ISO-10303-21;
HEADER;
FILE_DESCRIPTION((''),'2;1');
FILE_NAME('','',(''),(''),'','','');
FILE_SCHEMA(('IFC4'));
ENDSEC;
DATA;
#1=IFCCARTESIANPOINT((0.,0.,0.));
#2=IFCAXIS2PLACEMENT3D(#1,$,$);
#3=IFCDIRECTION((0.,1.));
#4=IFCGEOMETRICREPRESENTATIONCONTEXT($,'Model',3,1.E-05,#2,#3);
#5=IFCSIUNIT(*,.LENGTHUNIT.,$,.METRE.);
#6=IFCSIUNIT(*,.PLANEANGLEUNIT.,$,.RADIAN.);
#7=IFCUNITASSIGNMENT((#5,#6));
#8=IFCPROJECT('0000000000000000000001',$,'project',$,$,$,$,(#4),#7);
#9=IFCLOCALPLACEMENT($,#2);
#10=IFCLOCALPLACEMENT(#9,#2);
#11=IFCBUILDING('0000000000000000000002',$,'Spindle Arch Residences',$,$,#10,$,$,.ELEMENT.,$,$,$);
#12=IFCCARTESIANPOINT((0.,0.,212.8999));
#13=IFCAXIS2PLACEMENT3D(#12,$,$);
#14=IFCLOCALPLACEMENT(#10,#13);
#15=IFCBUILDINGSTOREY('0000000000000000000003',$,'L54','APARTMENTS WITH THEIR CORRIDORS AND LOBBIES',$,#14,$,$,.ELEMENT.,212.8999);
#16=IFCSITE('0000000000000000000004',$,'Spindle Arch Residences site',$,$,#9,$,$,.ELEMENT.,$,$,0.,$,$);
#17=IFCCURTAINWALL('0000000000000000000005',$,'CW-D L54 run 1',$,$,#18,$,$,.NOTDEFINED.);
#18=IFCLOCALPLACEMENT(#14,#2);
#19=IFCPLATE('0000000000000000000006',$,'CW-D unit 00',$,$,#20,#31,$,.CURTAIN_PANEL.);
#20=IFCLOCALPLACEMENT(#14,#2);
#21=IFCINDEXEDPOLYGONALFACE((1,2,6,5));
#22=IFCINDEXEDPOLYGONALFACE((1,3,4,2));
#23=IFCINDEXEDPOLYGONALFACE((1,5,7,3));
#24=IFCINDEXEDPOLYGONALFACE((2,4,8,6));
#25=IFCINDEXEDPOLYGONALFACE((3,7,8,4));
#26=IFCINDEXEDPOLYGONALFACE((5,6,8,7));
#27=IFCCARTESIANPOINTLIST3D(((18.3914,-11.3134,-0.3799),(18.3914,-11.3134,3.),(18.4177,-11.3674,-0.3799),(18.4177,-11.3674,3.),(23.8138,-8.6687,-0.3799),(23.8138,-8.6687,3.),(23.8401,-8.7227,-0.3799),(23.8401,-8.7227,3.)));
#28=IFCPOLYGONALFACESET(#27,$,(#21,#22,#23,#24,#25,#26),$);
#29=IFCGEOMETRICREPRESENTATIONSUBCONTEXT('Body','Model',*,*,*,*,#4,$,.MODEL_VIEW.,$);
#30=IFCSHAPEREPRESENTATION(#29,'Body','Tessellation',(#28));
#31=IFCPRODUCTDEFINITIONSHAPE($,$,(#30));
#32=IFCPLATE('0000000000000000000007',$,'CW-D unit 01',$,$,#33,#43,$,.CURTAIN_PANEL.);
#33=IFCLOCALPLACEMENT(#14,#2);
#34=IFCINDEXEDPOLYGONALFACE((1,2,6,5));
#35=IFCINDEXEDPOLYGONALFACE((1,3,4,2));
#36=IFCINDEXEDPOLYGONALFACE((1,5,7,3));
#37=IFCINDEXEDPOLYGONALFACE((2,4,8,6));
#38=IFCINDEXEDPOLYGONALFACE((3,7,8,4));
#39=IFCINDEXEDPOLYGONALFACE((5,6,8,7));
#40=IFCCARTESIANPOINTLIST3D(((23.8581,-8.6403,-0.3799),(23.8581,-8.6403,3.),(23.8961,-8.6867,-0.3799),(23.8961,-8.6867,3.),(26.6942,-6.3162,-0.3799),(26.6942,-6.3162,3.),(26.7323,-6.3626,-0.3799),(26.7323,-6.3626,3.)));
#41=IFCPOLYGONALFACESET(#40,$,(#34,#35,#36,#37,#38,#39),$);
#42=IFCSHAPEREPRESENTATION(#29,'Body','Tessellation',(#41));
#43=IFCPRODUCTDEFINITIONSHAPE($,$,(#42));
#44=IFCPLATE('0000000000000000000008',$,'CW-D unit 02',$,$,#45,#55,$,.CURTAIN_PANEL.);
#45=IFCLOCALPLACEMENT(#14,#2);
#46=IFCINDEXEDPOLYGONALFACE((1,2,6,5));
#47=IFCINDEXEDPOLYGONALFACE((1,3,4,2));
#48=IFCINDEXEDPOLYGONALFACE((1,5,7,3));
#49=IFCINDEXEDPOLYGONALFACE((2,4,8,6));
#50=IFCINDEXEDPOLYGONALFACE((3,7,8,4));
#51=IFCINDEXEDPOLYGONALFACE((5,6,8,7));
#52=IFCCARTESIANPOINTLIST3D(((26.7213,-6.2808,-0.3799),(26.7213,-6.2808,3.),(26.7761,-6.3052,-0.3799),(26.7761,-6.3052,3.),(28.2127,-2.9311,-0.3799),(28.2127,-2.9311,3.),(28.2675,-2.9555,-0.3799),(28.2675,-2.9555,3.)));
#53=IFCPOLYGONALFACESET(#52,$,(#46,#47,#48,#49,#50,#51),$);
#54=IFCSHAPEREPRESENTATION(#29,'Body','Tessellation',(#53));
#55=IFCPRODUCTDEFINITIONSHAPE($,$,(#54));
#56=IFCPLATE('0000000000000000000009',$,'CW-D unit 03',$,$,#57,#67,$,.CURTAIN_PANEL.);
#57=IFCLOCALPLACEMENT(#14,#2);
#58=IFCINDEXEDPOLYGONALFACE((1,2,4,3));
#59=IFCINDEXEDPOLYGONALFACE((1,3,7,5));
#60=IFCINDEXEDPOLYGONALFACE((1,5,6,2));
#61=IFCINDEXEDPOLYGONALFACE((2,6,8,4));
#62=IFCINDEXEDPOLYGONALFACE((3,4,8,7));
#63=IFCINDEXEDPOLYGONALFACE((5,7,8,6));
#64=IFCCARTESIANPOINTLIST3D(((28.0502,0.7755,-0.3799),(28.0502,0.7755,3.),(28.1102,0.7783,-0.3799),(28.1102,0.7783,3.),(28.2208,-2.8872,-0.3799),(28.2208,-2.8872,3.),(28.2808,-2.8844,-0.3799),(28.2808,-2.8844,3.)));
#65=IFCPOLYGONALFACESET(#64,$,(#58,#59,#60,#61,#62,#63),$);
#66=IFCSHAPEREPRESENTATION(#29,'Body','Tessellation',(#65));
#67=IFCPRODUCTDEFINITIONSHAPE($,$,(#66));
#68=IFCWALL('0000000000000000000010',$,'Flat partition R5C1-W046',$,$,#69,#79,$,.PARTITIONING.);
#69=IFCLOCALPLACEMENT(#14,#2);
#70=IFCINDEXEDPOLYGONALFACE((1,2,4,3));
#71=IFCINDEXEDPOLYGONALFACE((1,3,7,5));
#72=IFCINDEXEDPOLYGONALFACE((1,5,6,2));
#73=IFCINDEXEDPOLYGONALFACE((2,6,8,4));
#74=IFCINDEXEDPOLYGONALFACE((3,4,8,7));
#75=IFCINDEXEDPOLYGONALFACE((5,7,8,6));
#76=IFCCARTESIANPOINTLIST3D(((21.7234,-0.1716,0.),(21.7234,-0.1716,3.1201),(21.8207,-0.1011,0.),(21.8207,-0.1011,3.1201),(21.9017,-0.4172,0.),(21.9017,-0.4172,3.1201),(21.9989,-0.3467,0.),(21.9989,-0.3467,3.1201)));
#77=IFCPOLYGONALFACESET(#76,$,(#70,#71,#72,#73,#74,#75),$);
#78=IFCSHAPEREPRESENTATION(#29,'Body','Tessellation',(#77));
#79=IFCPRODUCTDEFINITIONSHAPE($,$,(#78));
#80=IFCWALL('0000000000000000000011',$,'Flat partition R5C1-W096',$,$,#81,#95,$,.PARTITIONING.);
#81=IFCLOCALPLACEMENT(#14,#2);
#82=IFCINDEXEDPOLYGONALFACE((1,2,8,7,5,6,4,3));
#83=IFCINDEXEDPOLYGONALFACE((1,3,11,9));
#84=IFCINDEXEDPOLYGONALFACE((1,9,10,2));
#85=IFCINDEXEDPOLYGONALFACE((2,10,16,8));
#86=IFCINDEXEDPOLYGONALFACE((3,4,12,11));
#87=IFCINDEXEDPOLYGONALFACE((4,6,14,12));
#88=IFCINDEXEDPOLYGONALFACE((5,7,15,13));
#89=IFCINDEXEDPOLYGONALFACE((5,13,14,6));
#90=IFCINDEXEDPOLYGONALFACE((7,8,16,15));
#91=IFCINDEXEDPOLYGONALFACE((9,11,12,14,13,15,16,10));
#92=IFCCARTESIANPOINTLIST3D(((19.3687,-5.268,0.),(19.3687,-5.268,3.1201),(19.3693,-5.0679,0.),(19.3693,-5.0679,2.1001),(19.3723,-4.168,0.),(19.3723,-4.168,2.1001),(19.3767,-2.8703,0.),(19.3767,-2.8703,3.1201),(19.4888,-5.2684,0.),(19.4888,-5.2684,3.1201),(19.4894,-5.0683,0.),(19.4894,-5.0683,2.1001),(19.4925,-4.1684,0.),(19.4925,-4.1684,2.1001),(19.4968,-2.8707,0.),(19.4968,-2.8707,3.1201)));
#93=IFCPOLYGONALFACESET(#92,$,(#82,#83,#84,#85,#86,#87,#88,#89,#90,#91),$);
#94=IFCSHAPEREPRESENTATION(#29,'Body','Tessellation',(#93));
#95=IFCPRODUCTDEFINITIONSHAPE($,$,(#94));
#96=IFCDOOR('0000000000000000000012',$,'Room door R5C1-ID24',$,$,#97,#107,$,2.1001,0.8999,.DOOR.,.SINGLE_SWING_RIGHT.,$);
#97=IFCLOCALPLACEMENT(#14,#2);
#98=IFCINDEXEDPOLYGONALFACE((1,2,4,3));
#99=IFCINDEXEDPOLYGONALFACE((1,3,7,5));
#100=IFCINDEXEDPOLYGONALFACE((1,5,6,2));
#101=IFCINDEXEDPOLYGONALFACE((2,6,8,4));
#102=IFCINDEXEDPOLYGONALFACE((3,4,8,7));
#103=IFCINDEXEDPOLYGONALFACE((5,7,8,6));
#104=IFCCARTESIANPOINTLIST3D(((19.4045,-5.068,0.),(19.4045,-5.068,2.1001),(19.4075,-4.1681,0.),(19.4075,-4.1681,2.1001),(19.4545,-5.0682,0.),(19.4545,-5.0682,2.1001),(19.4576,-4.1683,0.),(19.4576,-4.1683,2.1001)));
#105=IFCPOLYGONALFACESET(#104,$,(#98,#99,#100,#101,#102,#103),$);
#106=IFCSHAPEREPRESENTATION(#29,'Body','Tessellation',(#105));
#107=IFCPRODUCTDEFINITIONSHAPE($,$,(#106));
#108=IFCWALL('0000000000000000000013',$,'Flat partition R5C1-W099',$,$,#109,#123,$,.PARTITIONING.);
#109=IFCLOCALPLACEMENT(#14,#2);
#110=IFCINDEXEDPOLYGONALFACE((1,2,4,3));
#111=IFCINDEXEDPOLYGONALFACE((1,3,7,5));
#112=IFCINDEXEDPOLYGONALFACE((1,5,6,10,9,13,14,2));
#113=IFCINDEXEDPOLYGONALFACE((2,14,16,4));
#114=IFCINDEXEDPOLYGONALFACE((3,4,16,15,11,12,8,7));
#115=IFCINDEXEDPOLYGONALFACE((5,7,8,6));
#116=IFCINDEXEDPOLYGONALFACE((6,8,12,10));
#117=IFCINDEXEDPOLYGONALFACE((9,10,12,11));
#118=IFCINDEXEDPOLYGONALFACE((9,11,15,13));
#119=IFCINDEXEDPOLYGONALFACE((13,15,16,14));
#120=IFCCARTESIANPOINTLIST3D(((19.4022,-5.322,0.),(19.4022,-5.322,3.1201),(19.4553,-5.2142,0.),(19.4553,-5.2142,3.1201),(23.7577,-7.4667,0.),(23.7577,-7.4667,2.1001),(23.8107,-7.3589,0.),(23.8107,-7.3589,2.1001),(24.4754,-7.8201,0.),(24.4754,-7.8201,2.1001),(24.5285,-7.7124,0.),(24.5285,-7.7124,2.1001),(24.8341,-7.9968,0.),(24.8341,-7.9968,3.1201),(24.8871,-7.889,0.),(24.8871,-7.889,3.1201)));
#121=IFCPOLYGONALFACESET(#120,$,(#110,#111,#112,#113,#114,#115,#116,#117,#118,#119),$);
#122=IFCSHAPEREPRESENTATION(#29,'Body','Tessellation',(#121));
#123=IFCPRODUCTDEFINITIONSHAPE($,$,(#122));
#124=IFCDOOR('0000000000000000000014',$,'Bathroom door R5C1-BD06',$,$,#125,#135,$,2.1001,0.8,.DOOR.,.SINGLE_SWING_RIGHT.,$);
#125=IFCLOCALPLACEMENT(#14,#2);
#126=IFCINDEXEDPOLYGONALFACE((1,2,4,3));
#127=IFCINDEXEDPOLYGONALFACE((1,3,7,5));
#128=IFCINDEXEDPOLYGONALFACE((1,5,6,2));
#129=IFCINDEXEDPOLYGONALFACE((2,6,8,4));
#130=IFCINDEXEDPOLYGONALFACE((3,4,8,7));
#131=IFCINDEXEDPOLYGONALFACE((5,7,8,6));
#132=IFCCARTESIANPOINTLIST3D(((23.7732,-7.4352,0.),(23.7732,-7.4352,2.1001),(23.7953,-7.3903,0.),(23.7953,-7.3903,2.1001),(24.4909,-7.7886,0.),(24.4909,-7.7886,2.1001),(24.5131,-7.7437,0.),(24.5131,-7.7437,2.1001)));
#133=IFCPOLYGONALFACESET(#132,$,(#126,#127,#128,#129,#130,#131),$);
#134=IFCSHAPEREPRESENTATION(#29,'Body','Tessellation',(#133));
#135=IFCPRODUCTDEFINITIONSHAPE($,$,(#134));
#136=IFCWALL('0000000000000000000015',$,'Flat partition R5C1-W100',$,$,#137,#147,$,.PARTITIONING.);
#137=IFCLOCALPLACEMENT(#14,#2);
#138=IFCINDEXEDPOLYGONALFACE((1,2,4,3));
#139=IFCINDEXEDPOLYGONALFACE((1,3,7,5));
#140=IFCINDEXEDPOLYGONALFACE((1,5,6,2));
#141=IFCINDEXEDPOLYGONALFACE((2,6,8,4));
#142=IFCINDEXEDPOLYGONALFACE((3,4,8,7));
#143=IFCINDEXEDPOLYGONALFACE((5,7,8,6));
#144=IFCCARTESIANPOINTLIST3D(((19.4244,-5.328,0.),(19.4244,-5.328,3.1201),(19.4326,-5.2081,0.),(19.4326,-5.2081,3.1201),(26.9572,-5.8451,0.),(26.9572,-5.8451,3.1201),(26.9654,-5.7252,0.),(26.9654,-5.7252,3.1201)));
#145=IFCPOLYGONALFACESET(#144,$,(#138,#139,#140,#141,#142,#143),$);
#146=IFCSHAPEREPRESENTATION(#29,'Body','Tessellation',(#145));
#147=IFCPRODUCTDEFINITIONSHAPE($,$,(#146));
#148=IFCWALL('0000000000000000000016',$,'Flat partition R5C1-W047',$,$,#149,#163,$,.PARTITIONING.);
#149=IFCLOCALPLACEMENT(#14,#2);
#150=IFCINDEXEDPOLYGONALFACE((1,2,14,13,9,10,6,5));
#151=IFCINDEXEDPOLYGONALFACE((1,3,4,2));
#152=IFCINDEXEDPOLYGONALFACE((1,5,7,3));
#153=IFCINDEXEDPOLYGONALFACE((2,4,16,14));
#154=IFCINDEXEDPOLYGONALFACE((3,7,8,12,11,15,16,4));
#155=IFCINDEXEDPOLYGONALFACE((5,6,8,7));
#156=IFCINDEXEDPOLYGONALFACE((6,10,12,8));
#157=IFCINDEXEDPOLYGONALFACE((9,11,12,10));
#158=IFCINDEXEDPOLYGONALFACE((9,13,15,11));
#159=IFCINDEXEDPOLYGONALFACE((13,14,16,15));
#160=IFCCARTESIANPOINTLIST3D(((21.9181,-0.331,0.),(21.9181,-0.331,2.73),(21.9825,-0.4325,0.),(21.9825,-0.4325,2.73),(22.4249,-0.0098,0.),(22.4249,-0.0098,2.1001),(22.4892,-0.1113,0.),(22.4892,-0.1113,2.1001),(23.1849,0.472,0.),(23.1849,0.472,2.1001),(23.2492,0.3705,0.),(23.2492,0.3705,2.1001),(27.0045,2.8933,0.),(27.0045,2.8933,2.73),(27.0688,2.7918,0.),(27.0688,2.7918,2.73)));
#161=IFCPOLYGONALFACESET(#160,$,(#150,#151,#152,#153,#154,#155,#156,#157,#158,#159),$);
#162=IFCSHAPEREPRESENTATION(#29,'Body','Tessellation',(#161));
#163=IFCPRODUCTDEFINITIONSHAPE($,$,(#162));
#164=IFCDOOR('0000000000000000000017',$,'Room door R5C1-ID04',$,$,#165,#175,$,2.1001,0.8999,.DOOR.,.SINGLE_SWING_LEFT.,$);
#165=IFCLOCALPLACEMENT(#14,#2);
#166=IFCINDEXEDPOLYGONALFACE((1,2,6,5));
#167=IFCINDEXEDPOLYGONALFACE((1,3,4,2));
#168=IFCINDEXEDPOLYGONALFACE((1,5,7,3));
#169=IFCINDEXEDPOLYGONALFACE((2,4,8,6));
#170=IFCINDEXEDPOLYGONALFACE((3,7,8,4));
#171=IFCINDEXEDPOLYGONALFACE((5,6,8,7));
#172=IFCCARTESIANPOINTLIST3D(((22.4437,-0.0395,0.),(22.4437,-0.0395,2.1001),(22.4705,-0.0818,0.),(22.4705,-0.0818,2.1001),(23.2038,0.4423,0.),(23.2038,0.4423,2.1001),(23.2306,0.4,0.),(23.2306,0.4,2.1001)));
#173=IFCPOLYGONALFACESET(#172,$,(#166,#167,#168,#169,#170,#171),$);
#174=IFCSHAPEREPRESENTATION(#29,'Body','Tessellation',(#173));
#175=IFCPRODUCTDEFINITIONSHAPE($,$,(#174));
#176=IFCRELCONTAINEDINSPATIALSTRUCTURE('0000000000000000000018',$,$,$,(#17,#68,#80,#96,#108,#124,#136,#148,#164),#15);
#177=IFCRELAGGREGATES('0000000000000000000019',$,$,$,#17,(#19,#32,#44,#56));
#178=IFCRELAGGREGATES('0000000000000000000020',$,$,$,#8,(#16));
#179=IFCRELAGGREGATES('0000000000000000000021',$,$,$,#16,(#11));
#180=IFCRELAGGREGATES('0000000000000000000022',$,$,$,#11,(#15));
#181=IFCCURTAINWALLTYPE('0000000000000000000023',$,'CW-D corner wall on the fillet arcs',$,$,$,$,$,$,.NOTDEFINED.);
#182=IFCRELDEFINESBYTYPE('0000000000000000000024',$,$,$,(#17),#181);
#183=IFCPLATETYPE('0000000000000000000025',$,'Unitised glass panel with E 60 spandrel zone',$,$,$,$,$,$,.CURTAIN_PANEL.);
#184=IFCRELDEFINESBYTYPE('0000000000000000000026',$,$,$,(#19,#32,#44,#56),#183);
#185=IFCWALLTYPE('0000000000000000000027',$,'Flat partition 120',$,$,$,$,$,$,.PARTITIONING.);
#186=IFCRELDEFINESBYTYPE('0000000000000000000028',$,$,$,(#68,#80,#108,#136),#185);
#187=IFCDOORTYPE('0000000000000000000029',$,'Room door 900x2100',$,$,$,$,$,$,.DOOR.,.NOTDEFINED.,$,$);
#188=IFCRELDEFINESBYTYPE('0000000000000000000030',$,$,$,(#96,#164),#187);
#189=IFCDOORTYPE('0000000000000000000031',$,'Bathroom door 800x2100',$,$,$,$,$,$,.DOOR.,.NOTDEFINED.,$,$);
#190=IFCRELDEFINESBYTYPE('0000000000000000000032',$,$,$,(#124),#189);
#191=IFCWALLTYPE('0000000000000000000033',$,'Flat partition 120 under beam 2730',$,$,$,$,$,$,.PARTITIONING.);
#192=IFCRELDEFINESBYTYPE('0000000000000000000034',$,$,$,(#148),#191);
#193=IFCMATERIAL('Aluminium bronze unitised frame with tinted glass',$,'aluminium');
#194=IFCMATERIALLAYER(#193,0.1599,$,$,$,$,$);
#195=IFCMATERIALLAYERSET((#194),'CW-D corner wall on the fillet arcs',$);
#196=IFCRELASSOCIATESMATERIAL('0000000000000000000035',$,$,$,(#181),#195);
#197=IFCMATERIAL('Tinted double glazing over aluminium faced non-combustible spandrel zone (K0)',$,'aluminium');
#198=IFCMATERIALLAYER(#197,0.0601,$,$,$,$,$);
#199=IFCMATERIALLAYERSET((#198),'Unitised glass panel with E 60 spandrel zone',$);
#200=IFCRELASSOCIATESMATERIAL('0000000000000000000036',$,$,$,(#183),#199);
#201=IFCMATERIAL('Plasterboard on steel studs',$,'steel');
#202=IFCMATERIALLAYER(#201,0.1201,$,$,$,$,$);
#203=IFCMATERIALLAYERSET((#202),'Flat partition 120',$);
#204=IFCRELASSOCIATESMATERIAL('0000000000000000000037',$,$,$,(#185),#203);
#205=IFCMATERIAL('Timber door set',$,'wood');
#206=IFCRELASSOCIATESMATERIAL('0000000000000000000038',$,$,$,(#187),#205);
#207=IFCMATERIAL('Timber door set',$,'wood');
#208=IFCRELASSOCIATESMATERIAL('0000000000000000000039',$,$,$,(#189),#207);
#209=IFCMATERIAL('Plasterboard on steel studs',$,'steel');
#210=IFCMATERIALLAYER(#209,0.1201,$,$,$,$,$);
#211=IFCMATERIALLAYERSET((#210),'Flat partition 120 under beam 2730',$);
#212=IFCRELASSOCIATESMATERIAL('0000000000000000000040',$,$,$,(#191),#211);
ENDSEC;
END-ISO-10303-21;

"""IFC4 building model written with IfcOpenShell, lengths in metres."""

from ifc_helpers import new_model, si_unit, direction, frame, frame_2d, origin, origin_2d, place, context, subcontext, project, spatial, rectangle, extrude, material, layer, layer_set, type_object, element, fill, aggregate, save


model = new_model("IFC4")

# Units and contexts
model_context = context("Model", 3, precision=1e-05, world=origin(), true_north=direction((0.0, 1.0)))
body_context = subcontext(model_context, "Body", "Model", "MODEL_VIEW")
ifc_project = project(units=[si_unit("LENGTHUNIT", "METRE"), si_unit("PLANEANGLEUNIT", "RADIAN")], contexts=[model_context])

# Site, building, storey
site_placement = place(None, origin())
site = spatial("IfcSite", under=ifc_project, at=site_placement, Name="Spindle Arch Residences site", CompositionType="ELEMENT", RefElevation=0.0)
building_placement = place(site_placement, origin())
building = spatial("IfcBuilding", under=site, at=building_placement, Name="Spindle Arch Residences", CompositionType="ELEMENT")
storey_placement = place(building_placement, frame((0.0, 0.0, 212.8999)))
storey = spatial("IfcBuildingStorey", under=building, at=storey_placement, Name="L54", Description="APARTMENTS WITH THEIR CORRIDORS AND LOBBIES", CompositionType="ELEMENT", Elevation=212.8999)

# Curtain wall
ifc_material_1 = material(Name="Aluminium bronze unitised frame with tinted glass", Category="aluminium")
ifc_layer_1 = layer(ifc_material_1, 0.1599)
ifc_layer_set_1 = layer_set([ifc_layer_1], Name="CW-D corner wall on the fillet arcs")
curtain_wall_type = type_object("IfcCurtainWallType", Name="CW-D corner wall on the fillet arcs", PredefinedType="NOTDEFINED", material=ifc_layer_set_1)
curtain_wall_placement = place(storey_placement, origin())
curtain_wall = element("IfcCurtainWall", 1, at=curtain_wall_placement, inside=storey, type_object=curtain_wall_type, Name="CW-D L54 run 1", PredefinedType="NOTDEFINED")

# Plates
ifc_material_2 = material(Name="Tinted double glazing over aluminium faced non-combustible spandrel zone (K0)", Category="aluminium")
ifc_layer_2 = layer(ifc_material_2, 0.0601)
ifc_layer_set_2 = layer_set([ifc_layer_2], Name="Unitised glass panel with E 60 spandrel zone")
plate_type = type_object("IfcPlateType", Name="Unitised glass panel with E 60 spandrel zone", PredefinedType="CURTAIN_PANEL", material=ifc_layer_set_2)
plate_1_placement = place(storey_placement, frame((21.1157, -10.0181, -0.3799), z_axis=(0.0, 0.0, 1.0), x_axis=(0.898794, 0.438371, 0.0)))
plate_1 = element("IfcPlate", 2, at=plate_1_placement, type_object=plate_type, Name="CW-D unit 00", PredefinedType="CURTAIN_PANEL", context=body_context, shape_type="SweptSolid", body=[
    extrude(rectangle(XDim=6.033, YDim=0.0601, at=origin_2d()), origin(), (0.0, 0.0, 1.0), 3.3799),
])
plate_2_placement = place(storey_placement, frame((25.2952, -7.5015, -0.3799), z_axis=(0.0, 0.0, 1.0), x_axis=(0.773472, 0.633831, 0.0)))
plate_2 = element("IfcPlate", 3, at=plate_2_placement, type_object=plate_type, Name="CW-D unit 01", PredefinedType="CURTAIN_PANEL", context=body_context, shape_type="SweptSolid", body=[
    extrude(rectangle(XDim=3.6667, YDim=0.0601, at=origin_2d()), origin(), (0.0, 0.0, 1.0), 3.3799),
])
plate_3_placement = place(storey_placement, frame((27.4944, -4.6182, -0.3799), z_axis=(0.0, 0.0, 1.0), x_axis=(0.406737, 0.913545, 0.0)))
plate_3 = element("IfcPlate", 4, at=plate_3_placement, type_object=plate_type, Name="CW-D unit 02", PredefinedType="CURTAIN_PANEL", context=body_context, shape_type="SweptSolid", body=[
    extrude(rectangle(XDim=3.6667, YDim=0.0601, at=origin_2d()), origin(), (0.0, 0.0, 1.0), 3.3799),
])
plate_4_placement = place(storey_placement, frame((28.1655, -1.0544, -0.3799), z_axis=(0.0, 0.0, 1.0), x_axis=(-0.046525, 0.998917, 0.0)))
plate_4 = element("IfcPlate", 5, at=plate_4_placement, type_object=plate_type, Name="CW-D unit 03", PredefinedType="CURTAIN_PANEL", context=body_context, shape_type="SweptSolid", body=[
    extrude(rectangle(XDim=3.6667, YDim=0.0601, at=origin_2d()), origin(), (0.0, 0.0, 1.0), 3.3799),
])
aggregate(curtain_wall, [plate_1, plate_2, plate_3, plate_4])

# Wall
ifc_material_3 = material(Name="Plasterboard on steel studs", Category="steel")
ifc_layer_3 = layer(ifc_material_3, 0.1201)
ifc_layer_set_3 = layer_set([ifc_layer_3], Name="Flat partition 120")
wall_type_1 = type_object("IfcWallType", Name="Flat partition 120", PredefinedType="PARTITIONING", material=ifc_layer_set_3)
wall_1_placement = place(storey_placement, frame((21.772, -0.1362, 0.0), z_axis=(0.0, 0.0, 1.0), x_axis=(0.58731, -0.809362, 0.0)))
element("IfcWall", 6, at=wall_1_placement, inside=storey, type_object=wall_type_1, Name="Flat partition R5C1-W046", PredefinedType="PARTITIONING", context=body_context, shape_type="SweptSolid", body=[
    extrude(rectangle(XDim=0.3035, YDim=0.1201, at=frame_2d((0.1519, 0.0))), origin(), (0.0, 0.0, 1.0), 3.1201),
])

# Walls, openings, doors
wall_2_placement = place(storey_placement, frame((19.4287, -5.2681, 0.0), z_axis=(0.0, 0.0, 1.0), x_axis=(0.00336, 0.999994, 0.0)))
wall_2 = element("IfcWall", 7, at=wall_2_placement, inside=storey, type_object=wall_type_1, Name="Flat partition R5C1-W096", PredefinedType="PARTITIONING", context=body_context, shape_type="SweptSolid", body=[
    extrude(rectangle(XDim=2.3977, YDim=0.1201, at=frame_2d((1.1987, 0.0))), origin(), (0.0, 0.0, 1.0), 3.1201),
])
opening_1_placement = place(wall_2_placement, frame((0.2, 0.0, 0.0)))
opening_1 = element("IfcOpeningElement", 8, at=opening_1_placement, cuts=wall_2, PredefinedType="OPENING", context=body_context, shape_type="SweptSolid", body=[
    extrude(rectangle(XDim=0.8999, YDim=2.1001, at=frame_2d((0.45, 1.05))), frame((0.0, 0.0701, 0.0), z_axis=(0.0, -1.0, 0.0), x_axis=(1.0, 0.0, 0.0)), (0.0, 0.0, 1.0), 0.1401),
])
ifc_material_4 = material(Name="Timber door set", Category="wood")
door_type_1 = type_object("IfcDoorType", Name="Room door 900x2100", OperationType="NOTDEFINED", PredefinedType="DOOR", material=ifc_material_4)
door_1_placement = place(opening_1_placement, origin())
door_1 = element("IfcDoor", 9, at=door_1_placement, inside=storey, type_object=door_type_1, Name="Room door R5C1-ID24", OperationType="SINGLE_SWING_RIGHT", OverallHeight=2.1001, OverallWidth=0.8999, PredefinedType="DOOR", context=body_context, shape_type="SweptSolid", body=[
    extrude(rectangle(XDim=0.8999, YDim=2.1001, at=frame_2d((0.45, 1.05))), frame((0.0, 0.0249, 0.0), z_axis=(0.0, -1.0, 0.0), x_axis=(1.0, 0.0, 0.0)), (0.0, 0.0, 1.0), 0.05),
])
fill(opening_1, door_1)
wall_3_placement = place(storey_placement, frame((24.8606, -7.9429, 0.0), z_axis=(0.0, 0.0, 1.0), x_axis=(-0.897128, 0.44177, 0.0)))
wall_3 = element("IfcWall", 10, at=wall_3_placement, inside=storey, type_object=wall_type_1, Name="Flat partition R5C1-W099", PredefinedType="PARTITIONING", context=body_context, shape_type="SweptSolid", body=[
    extrude(rectangle(XDim=6.0547, YDim=0.1201, at=frame_2d((3.0273, 0.0))), origin(), (0.0, 0.0, 1.0), 3.1201),
])
opening_2_placement = place(wall_3_placement, frame((0.3999, 0.0, 0.0)))
opening_2 = element("IfcOpeningElement", 11, at=opening_2_placement, cuts=wall_3, PredefinedType="OPENING", context=body_context, shape_type="SweptSolid", body=[
    extrude(rectangle(XDim=0.8, YDim=2.1001, at=frame_2d((0.3999, 1.05))), frame((0.0, 0.0701, 0.0), z_axis=(0.0, -1.0, 0.0), x_axis=(1.0, 0.0, 0.0)), (0.0, 0.0, 1.0), 0.1401),
])
ifc_material_5 = material(Name="Timber door set", Category="wood")
door_type_2 = type_object("IfcDoorType", Name="Bathroom door 800x2100", OperationType="NOTDEFINED", PredefinedType="DOOR", material=ifc_material_5)
door_2_placement = place(opening_2_placement, origin())
door_2 = element("IfcDoor", 12, at=door_2_placement, inside=storey, type_object=door_type_2, Name="Bathroom door R5C1-BD06", OperationType="SINGLE_SWING_RIGHT", OverallHeight=2.1001, OverallWidth=0.8, PredefinedType="DOOR", context=body_context, shape_type="SweptSolid", body=[
    extrude(rectangle(XDim=0.8, YDim=2.1001, at=frame_2d((0.3999, 1.05))), frame((0.0, 0.0249, 0.0), z_axis=(0.0, -1.0, 0.0), x_axis=(1.0, 0.0, 0.0)), (0.0, 0.0, 1.0), 0.05),
])
fill(opening_2, door_2)

# Wall
wall_4_placement = place(storey_placement, frame((26.9614, -5.7852, 0.0), z_axis=(0.0, 0.0, 1.0), x_axis=(-0.997652, 0.068485, 0.0)))
element("IfcWall", 13, at=wall_4_placement, inside=storey, type_object=wall_type_1, Name="Flat partition R5C1-W100", PredefinedType="PARTITIONING", context=body_context, shape_type="SweptSolid", body=[
    extrude(rectangle(XDim=7.5505, YDim=0.1201, at=frame_2d((3.7754, 0.0))), origin(), (0.0, 0.0, 1.0), 3.1201),
])

# Wall, opening, door
ifc_material_6 = material(Name="Plasterboard on steel studs", Category="steel")
ifc_layer_4 = layer(ifc_material_6, 0.1201)
ifc_layer_set_4 = layer_set([ifc_layer_4], Name="Flat partition 120 under beam 2730")
wall_type_2 = type_object("IfcWallType", Name="Flat partition 120 under beam 2730", PredefinedType="PARTITIONING", material=ifc_layer_set_4)
wall_5_placement = place(storey_placement, frame((21.9502, -0.3818, 0.0), z_axis=(0.0, 0.0, 1.0), x_axis=(0.844597, 0.535403, 0.0)))
wall_5 = element("IfcWall", 14, at=wall_5_placement, inside=storey, type_object=wall_type_2, Name="Flat partition R5C1-W047", PredefinedType="PARTITIONING", context=body_context, shape_type="SweptSolid", body=[
    extrude(rectangle(XDim=6.0222, YDim=0.1201, at=frame_2d((3.0112, 0.0))), origin(), (0.0, 0.0, 1.0), 2.73),
])
opening_3_placement = place(wall_5_placement, frame((0.6001, 0.0, 0.0)))
opening_3 = element("IfcOpeningElement", 15, at=opening_3_placement, cuts=wall_5, PredefinedType="OPENING", context=body_context, shape_type="SweptSolid", body=[
    extrude(rectangle(XDim=0.8999, YDim=2.1001, at=frame_2d((0.45, 1.05))), frame((0.0, 0.0701, 0.0), z_axis=(0.0, -1.0, 0.0), x_axis=(1.0, 0.0, 0.0)), (0.0, 0.0, 1.0), 0.1401),
])
door_3_placement = place(opening_3_placement, origin())
door_3 = element("IfcDoor", 16, at=door_3_placement, inside=storey, type_object=door_type_1, Name="Room door R5C1-ID04", OperationType="SINGLE_SWING_LEFT", OverallHeight=2.1001, OverallWidth=0.8999, PredefinedType="DOOR", context=body_context, shape_type="SweptSolid", body=[
    extrude(rectangle(XDim=0.8999, YDim=2.1001, at=frame_2d((0.45, 1.05))), frame((0.0, 0.0249, 0.0), z_axis=(0.0, -1.0, 0.0), x_axis=(1.0, 0.0, 0.0)), (0.0, 0.0, 1.0), 0.05),
])
fill(opening_3, door_3)

save(model, "model.ifc")
